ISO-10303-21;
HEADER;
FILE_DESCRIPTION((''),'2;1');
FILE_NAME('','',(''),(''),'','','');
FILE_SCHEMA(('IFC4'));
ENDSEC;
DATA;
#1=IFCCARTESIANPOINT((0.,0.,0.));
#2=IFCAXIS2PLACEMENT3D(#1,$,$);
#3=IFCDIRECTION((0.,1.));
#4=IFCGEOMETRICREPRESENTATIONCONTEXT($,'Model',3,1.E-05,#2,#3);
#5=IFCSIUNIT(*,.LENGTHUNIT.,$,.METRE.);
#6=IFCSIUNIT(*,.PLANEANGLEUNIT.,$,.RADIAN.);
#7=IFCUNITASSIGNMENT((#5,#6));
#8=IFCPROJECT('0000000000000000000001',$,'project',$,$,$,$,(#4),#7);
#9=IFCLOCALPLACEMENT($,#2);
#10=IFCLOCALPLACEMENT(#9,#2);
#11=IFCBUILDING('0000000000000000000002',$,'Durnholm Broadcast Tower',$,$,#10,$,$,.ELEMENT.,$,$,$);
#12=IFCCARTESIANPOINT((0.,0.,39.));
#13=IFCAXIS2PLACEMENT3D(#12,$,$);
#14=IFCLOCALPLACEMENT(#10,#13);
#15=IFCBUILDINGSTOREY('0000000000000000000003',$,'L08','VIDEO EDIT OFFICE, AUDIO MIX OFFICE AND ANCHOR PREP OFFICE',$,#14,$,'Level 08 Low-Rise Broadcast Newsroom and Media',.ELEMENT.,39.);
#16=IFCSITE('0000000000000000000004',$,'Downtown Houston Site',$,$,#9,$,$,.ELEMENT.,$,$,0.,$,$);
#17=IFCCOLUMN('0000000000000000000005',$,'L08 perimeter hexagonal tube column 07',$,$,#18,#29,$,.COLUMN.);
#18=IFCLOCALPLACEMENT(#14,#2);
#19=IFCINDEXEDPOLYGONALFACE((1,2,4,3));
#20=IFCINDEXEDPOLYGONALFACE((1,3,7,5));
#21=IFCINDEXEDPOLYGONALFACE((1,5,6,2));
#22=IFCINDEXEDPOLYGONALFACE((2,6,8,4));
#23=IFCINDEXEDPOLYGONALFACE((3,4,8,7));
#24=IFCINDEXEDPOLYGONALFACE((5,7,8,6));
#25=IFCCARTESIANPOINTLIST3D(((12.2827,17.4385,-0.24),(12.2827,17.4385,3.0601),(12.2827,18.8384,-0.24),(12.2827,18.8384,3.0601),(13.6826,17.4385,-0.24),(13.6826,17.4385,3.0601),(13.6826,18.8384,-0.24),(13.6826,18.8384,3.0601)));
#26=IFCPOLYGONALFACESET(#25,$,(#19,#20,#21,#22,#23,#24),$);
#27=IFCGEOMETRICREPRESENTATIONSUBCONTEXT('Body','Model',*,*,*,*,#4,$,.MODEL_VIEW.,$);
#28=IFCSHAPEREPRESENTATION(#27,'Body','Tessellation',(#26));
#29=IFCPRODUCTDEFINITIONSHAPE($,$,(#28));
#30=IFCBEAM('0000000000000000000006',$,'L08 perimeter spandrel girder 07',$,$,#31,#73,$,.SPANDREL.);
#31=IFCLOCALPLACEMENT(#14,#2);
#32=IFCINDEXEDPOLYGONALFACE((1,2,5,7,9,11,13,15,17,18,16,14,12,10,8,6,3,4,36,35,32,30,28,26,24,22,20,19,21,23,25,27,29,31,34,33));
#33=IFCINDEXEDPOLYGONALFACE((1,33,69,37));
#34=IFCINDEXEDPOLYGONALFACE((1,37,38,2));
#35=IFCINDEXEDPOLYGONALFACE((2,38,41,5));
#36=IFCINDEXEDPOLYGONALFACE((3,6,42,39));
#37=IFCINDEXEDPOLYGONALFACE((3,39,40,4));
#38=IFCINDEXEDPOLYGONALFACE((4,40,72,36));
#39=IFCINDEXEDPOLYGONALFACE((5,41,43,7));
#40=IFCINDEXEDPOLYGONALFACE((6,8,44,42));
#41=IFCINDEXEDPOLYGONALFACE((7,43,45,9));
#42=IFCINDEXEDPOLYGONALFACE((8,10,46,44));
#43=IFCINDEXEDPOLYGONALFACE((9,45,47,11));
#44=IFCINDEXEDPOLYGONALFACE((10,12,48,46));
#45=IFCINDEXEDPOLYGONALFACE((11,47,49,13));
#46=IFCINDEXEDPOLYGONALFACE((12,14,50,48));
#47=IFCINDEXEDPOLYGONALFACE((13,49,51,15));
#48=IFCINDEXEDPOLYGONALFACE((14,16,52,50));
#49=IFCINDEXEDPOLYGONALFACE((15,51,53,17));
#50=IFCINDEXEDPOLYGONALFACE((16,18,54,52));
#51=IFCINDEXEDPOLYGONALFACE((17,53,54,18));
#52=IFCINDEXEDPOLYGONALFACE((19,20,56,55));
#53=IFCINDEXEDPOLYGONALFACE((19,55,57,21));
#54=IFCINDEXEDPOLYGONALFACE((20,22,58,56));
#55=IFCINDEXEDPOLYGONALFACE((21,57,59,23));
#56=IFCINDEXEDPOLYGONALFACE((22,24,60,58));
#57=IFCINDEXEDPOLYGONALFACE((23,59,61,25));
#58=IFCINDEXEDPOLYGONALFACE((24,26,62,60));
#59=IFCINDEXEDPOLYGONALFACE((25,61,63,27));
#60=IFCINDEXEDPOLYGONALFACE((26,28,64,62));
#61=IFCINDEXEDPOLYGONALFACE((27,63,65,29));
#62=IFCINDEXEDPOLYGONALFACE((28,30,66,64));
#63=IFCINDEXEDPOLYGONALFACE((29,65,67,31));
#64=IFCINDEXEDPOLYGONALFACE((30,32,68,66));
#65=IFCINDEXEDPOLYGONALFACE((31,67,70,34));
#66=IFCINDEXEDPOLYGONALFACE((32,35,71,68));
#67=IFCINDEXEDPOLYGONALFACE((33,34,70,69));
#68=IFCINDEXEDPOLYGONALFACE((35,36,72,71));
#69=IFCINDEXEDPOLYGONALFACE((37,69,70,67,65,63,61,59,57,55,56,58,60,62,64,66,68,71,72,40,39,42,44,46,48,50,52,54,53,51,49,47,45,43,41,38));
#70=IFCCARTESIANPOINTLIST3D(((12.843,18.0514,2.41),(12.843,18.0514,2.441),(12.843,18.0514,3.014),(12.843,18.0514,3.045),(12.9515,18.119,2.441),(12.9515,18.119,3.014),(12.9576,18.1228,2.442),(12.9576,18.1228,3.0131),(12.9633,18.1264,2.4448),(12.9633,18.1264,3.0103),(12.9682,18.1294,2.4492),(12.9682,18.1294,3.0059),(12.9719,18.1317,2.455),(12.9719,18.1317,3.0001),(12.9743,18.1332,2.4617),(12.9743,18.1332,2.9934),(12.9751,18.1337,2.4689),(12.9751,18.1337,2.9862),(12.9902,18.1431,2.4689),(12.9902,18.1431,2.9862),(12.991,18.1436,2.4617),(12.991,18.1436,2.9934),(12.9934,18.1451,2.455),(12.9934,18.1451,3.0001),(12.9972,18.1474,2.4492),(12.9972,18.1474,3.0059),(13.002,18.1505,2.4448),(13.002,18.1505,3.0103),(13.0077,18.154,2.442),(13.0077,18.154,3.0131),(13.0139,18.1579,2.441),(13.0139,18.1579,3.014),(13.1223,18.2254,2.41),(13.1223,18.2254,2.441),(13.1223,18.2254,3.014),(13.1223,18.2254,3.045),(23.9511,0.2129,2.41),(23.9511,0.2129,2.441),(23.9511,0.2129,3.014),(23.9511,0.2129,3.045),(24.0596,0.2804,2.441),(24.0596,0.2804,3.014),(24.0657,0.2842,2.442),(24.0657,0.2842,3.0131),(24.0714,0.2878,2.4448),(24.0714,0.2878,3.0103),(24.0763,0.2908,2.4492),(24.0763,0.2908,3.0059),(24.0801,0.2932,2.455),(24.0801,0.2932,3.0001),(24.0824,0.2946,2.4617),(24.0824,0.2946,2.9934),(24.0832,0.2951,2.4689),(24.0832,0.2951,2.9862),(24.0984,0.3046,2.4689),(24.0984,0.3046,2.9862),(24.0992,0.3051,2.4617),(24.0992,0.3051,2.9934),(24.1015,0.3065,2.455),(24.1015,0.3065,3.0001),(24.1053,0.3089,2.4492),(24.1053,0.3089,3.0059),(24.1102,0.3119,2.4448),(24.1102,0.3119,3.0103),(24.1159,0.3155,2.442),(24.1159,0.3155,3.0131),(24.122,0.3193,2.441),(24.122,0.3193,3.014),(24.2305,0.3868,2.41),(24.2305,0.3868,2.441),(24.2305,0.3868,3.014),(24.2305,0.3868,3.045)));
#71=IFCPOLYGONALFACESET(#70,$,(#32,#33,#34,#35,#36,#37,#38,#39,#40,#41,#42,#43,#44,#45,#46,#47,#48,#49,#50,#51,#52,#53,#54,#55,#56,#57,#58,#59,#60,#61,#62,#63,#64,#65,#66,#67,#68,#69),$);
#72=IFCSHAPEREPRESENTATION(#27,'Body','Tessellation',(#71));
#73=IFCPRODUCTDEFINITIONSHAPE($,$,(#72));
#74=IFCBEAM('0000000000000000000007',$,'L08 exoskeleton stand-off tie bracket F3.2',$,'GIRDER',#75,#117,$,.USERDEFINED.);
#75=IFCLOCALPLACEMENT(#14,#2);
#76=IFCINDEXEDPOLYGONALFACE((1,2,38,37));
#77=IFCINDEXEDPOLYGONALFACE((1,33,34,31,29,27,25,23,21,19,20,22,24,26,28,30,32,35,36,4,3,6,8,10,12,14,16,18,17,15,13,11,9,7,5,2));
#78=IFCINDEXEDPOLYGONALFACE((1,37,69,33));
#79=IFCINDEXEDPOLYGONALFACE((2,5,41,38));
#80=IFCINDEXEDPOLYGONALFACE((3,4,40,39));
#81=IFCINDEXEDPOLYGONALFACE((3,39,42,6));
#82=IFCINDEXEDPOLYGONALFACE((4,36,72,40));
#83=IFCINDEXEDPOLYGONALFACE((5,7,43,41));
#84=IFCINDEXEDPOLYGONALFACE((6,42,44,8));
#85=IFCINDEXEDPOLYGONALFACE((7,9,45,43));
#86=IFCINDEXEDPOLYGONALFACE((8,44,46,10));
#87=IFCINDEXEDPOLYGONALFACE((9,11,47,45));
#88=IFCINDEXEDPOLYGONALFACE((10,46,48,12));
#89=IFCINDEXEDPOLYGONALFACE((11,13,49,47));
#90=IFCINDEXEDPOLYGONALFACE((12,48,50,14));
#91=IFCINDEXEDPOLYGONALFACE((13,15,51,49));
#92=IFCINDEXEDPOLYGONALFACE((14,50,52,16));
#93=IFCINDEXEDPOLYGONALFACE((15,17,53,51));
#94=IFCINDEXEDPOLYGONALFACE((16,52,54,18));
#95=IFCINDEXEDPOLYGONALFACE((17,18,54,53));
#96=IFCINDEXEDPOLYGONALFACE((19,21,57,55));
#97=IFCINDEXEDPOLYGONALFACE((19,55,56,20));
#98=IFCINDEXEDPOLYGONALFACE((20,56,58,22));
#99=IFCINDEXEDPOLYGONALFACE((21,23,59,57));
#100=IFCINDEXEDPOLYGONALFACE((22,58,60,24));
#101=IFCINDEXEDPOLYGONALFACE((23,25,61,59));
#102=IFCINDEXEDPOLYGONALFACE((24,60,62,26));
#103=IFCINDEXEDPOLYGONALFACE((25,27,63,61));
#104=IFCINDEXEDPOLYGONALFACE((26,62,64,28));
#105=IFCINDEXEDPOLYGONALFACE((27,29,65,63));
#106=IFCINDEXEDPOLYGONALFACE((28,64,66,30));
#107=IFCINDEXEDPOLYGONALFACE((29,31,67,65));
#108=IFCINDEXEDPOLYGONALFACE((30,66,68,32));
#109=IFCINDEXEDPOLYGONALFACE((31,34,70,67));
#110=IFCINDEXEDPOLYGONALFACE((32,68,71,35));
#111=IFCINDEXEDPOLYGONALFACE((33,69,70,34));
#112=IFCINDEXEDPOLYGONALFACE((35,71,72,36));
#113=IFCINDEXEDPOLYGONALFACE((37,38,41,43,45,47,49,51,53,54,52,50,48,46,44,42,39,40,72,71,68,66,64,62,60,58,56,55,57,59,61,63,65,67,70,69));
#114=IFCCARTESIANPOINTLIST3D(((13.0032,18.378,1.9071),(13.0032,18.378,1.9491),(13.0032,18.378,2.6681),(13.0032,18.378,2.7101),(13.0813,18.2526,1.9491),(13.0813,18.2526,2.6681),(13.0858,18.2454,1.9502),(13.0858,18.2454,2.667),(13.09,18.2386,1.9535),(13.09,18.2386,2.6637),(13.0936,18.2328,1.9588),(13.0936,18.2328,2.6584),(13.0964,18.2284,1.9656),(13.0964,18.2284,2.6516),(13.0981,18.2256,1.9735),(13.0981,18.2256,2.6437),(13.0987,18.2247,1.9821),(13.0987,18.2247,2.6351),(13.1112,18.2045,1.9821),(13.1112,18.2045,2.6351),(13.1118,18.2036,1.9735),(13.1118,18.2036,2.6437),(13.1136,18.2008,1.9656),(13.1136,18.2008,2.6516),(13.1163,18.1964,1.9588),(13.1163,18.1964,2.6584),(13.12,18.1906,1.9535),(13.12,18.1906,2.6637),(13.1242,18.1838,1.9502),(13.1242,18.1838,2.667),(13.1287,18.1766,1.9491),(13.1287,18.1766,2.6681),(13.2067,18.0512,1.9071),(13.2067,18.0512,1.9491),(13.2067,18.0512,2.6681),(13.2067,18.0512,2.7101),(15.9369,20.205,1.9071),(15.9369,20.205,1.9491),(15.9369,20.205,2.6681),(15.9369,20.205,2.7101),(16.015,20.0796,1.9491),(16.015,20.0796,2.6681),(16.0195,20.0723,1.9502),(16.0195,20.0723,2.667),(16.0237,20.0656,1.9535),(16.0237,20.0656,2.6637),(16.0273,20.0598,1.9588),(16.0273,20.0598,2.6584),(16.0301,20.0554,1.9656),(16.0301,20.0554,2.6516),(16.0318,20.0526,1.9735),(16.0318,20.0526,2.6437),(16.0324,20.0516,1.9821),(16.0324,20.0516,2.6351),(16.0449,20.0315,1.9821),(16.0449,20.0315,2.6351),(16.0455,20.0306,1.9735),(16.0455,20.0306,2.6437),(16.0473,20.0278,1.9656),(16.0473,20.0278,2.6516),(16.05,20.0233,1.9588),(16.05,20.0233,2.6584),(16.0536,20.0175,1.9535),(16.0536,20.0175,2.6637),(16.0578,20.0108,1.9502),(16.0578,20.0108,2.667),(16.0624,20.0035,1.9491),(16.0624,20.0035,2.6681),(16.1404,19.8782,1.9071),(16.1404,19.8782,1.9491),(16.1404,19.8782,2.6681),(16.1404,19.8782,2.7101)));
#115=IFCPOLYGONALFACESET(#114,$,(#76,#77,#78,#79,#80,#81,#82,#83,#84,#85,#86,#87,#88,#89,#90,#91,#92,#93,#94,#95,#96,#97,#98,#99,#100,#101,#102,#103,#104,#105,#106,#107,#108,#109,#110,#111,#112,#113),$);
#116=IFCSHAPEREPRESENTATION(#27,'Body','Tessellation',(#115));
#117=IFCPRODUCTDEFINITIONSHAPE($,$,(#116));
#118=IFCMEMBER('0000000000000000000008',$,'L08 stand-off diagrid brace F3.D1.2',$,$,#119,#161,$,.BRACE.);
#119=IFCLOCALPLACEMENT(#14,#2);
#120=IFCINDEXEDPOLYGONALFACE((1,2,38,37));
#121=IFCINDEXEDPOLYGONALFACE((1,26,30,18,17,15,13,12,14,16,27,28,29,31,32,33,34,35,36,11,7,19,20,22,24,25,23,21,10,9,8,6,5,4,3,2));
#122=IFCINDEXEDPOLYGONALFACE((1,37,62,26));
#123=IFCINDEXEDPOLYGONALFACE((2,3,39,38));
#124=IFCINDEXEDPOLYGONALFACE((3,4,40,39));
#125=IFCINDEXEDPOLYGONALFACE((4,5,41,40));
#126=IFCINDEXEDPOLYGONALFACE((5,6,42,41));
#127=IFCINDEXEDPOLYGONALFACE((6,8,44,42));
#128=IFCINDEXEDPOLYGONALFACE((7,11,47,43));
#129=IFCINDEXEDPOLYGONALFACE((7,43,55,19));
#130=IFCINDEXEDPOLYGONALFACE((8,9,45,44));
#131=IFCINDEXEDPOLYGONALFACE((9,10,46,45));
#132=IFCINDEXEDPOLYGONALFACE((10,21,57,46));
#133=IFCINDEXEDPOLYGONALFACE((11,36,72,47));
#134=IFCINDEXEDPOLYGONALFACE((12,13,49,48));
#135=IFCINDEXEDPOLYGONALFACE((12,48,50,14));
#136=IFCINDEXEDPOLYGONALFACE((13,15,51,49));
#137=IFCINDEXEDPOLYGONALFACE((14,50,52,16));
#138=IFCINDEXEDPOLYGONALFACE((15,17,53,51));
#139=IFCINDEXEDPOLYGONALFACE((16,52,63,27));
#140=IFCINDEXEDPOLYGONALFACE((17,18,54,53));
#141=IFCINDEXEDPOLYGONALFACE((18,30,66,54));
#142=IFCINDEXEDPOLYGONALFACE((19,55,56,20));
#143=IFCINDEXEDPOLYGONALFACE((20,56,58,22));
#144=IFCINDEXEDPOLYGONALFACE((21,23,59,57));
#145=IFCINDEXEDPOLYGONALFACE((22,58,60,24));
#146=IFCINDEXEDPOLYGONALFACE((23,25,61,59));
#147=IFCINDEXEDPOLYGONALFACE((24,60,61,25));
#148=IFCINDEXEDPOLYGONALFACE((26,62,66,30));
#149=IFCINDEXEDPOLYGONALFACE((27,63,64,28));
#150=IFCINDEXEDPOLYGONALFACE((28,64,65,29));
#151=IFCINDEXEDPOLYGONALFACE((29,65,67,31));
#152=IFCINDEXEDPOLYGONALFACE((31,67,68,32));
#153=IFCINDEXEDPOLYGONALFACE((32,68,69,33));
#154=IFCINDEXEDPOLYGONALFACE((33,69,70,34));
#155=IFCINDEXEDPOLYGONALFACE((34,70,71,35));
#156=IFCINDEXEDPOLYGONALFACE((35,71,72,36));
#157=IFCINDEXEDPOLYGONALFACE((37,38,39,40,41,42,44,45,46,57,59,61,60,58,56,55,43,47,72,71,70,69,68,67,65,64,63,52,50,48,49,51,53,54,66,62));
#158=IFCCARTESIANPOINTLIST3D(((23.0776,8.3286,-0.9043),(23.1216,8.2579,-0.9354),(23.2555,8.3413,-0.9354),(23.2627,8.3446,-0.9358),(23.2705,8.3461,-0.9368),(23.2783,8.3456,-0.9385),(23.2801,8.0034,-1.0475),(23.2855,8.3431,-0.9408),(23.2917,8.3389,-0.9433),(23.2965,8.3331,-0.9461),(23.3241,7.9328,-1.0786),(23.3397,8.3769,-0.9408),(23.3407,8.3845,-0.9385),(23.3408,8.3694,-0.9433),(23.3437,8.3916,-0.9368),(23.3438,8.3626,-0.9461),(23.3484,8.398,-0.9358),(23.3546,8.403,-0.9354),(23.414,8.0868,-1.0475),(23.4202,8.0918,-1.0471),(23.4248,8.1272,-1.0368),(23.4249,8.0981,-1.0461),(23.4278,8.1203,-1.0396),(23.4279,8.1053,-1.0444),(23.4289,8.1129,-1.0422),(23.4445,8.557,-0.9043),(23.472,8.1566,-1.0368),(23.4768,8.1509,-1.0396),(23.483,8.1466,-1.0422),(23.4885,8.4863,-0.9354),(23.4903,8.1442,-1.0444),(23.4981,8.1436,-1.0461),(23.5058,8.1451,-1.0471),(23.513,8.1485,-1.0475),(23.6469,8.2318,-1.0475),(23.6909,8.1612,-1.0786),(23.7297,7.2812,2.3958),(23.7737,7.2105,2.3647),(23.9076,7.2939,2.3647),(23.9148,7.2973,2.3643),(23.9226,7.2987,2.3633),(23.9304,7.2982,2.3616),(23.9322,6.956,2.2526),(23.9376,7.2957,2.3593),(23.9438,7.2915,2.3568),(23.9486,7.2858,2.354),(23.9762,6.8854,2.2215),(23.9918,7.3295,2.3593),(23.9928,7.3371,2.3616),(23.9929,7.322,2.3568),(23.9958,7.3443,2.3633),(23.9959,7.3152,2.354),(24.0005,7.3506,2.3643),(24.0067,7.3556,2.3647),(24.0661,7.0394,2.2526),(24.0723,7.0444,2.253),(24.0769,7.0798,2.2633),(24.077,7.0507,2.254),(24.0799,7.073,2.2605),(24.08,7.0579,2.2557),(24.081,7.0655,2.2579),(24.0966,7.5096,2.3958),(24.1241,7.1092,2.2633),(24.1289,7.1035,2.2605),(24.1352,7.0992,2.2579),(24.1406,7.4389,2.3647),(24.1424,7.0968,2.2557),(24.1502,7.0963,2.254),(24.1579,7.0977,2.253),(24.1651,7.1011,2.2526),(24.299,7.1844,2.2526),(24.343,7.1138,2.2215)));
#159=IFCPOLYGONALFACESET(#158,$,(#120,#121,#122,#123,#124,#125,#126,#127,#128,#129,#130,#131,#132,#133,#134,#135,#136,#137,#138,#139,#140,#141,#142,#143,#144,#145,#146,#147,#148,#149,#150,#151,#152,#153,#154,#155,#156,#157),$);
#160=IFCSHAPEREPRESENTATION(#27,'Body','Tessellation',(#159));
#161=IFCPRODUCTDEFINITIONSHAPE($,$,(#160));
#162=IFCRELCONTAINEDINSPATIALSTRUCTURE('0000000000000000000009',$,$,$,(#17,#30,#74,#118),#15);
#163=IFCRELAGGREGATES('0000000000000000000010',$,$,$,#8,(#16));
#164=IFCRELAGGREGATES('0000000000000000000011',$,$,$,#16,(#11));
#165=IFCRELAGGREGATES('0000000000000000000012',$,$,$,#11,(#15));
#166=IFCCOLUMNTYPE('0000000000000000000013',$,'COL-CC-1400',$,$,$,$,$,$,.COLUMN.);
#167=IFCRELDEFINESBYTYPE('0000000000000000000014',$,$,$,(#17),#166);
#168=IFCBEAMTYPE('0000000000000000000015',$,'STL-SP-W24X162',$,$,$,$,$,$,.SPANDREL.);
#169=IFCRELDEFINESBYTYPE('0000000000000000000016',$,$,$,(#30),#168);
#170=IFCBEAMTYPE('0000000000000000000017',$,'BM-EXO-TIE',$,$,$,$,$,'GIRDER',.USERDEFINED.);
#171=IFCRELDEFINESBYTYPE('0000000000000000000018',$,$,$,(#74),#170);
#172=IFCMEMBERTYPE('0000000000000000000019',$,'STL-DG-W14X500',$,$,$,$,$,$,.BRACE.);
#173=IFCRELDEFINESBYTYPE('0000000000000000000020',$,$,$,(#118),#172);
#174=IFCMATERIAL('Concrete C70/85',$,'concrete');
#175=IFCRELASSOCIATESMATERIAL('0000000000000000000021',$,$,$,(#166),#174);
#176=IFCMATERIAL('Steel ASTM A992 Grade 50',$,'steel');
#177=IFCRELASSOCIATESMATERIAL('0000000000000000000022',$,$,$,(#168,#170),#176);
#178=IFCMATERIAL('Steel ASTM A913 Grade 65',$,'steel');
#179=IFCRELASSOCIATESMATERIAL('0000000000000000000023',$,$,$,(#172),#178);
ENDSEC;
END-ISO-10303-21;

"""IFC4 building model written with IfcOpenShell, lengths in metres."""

from ifc_helpers import new_model, si_unit, direction, frame, origin, origin_2d, place, context, subcontext, project, spatial, rectangle, i_section, extrude, source, transform, mapped, material, material_profile, profile_set, type_object, type_shapes, element, save


model = new_model("IFC4")

# Units and contexts
model_context = context("Model", 3, precision=1e-05, world=origin(), true_north=direction((0.0, 1.0)))
body_context = subcontext(model_context, "Body", "Model", "MODEL_VIEW")
ifc_project = project(units=[si_unit("LENGTHUNIT", "METRE"), si_unit("PLANEANGLEUNIT", "RADIAN")], contexts=[model_context])

# Site, building, storey
site_placement = place(None, origin())
site = spatial("IfcSite", under=ifc_project, at=site_placement, Name="Downtown Houston Site", CompositionType="ELEMENT", RefElevation=0.0)
building_placement = place(site_placement, origin())
building = spatial("IfcBuilding", under=site, at=building_placement, Name="Durnholm Broadcast Tower", CompositionType="ELEMENT")
storey_placement = place(building_placement, frame((0.0, 0.0, 39.0)))
storey = spatial("IfcBuildingStorey", under=building, at=storey_placement, Name="L08", Description="VIDEO EDIT OFFICE, AUDIO MIX OFFICE AND ANCHOR PREP OFFICE", LongName="Level 08 Low-Rise Broadcast Newsroom and Media", CompositionType="ELEMENT", Elevation=39.0)

# Column
ifc_material_1 = material(Name="Concrete C70/85", Category="concrete")
ifc_material_profile_1 = material_profile(ifc_material_1, rectangle(XDim=1.3999, YDim=1.3999, at=origin_2d()), Name="RC1400X1400")
ifc_profile_set_1 = profile_set([ifc_material_profile_1], Name="Concrete C70/85")
column_type = type_object("IfcColumnType", Name="COL-CC-1400", PredefinedType="COLUMN", material=ifc_profile_set_1)
shared_shape_1 = source(origin(), body_context, "Body", "SweptSolid", [
    extrude(rectangle(XDim=1.3999, YDim=1.3999, at=origin_2d()), origin(), (0.0, 0.0, 1.0), 3.3),
])
type_shapes(column_type, [shared_shape_1])
column_placement = place(storey_placement, frame((12.9827, 18.1384, -0.24), z_axis=(0.0, 0.0, 1.0), x_axis=(1.0, 0.0, 0.0)))
element("IfcColumn", 1, at=column_placement, inside=storey, type_object=column_type, Name="L08 perimeter hexagonal tube column 07", PredefinedType="COLUMN", context=body_context, shape_type="MappedRepresentation", body=[
    mapped(shared_shape_1, transform((0.0, 0.0, 0.0), x_axis=(1.0, 0.0, 0.0), y_axis=(0.0, 1.0, 0.0), z_axis=(0.0, 0.0, 1.0), scale=1.0)),
])

# Beams
ifc_material_2 = material(Name="Steel ASTM A992 Grade 50", Category="steel")
ifc_material_profile_2 = material_profile(ifc_material_2, i_section(OverallWidth=0.3291, OverallDepth=0.635, WebThickness=0.0178, FlangeThickness=0.031, FilletRadius=0.0278, at=origin_2d()), Name="W24X162")
ifc_profile_set_2 = profile_set([ifc_material_profile_2], Name="Steel ASTM A992 Grade 50")
beam_type_1 = type_object("IfcBeamType", Name="STL-SP-W24X162", PredefinedType="SPANDREL", material=ifc_profile_set_2)
shared_shape_2 = source(origin(), body_context, "Body", "SweptSolid", [
    extrude(i_section(OverallWidth=0.3291, OverallDepth=0.635, WebThickness=0.0178, FlangeThickness=0.031, FilletRadius=0.0278, at=origin_2d()), origin(), (0.0, 0.0, 1.0), 21.0144),
])
type_shapes(beam_type_1, [shared_shape_2])
beam_1_placement = place(storey_placement, frame((12.9827, 18.1384, 2.7275), z_axis=(0.528596, -0.848874, 0.0), x_axis=(0.848874, 0.528596, 0.0)))
element("IfcBeam", 2, at=beam_1_placement, inside=storey, type_object=beam_type_1, Name="L08 perimeter spandrel girder 07", PredefinedType="SPANDREL", context=body_context, shape_type="MappedRepresentation", body=[
    mapped(shared_shape_2, transform((0.0, 0.0, 0.0), x_axis=(1.0, 0.0, 0.0), y_axis=(0.0, 1.0, 0.0), z_axis=(0.0, 0.0, 1.0), scale=1.0)),
])
ifc_material_profile_3 = material_profile(ifc_material_2, i_section(OverallWidth=0.385, OverallDepth=0.803, WebThickness=0.0237, FlangeThickness=0.042, FilletRadius=0.033, at=origin_2d()), Name="W30X261")
ifc_profile_set_3 = profile_set([ifc_material_profile_3], Name="Steel ASTM A992 Grade 50")
beam_type_2 = type_object("IfcBeamType", Name="BM-EXO-TIE", ElementType="GIRDER", PredefinedType="USERDEFINED", material=ifc_profile_set_3)
shared_shape_3 = source(origin(), body_context, "Body", "SweptSolid", [
    extrude(i_section(OverallWidth=0.385, OverallDepth=0.803, WebThickness=0.0237, FlangeThickness=0.042, FilletRadius=0.033, at=origin_2d()), origin(), (0.0, 0.0, 1.0), 3.4561),
])
type_shapes(beam_type_2, [shared_shape_3])
beam_2_placement = place(storey_placement, frame((13.105, 18.2146, 2.3086), z_axis=(0.848854, 0.528627, 0.0), x_axis=(-0.528627, 0.848854, 0.0)))
element("IfcBeam", 3, at=beam_2_placement, inside=storey, type_object=beam_type_2, Name="L08 exoskeleton stand-off tie bracket F3.2", ObjectType="GIRDER", PredefinedType="USERDEFINED", context=body_context, shape_type="MappedRepresentation", body=[
    mapped(shared_shape_3, transform((0.0, 0.0, 0.0), x_axis=(1.0, 0.0, 0.0), y_axis=(0.0, 1.0, 0.0), z_axis=(0.0, 0.0, 1.0), scale=1.0)),
])

# Member
ifc_material_3 = material(Name="Steel ASTM A913 Grade 65", Category="steel")
ifc_material_profile_4 = material_profile(ifc_material_3, i_section(OverallWidth=0.4321, OverallDepth=0.4978, WebThickness=0.0557, FlangeThickness=0.0889, FilletRadius=0.0305, at=origin_2d()), Name="W14X500")
ifc_profile_set_4 = profile_set([ifc_material_profile_4], Name="Steel ASTM A913 Grade 65")
member_type_1 = type_object("IfcMemberType", Name="STL-DG-W14X500", PredefinedType="BRACE", material=ifc_profile_set_4)
shared_shape_4 = source(origin(), body_context, "Body", "SweptSolid", [
    extrude(i_section(OverallWidth=0.4321, OverallDepth=0.4978, WebThickness=0.0557, FlangeThickness=0.0889, FilletRadius=0.0305, at=origin_2d()), origin(), (0.0, 0.0, 1.0), 3.5232),
])
type_shapes(member_type_1, [shared_shape_4])
for number, where, z_axis, x_axis, name in (
    (4, (23.3843, 8.2449, -0.9915), (0.18509, -0.297281, 0.936678), (0.848909, 0.52854, 0.0), "L08 stand-off diagrid brace F3.D1.2"),
):
    element("IfcMember", number, at=place(storey_placement, frame(where, z_axis=z_axis, x_axis=x_axis)), inside=storey, type_object=member_type_1, Name=name, PredefinedType="BRACE", context=body_context, shape_type="MappedRepresentation", body=[
        mapped(shared_shape_4, transform((0.0, 0.0, 0.0), x_axis=(1.0, 0.0, 0.0), y_axis=(0.0, 1.0, 0.0), z_axis=(0.0, 0.0, 1.0), scale=1.0)),
    ])

save(model, "model.ifc")
